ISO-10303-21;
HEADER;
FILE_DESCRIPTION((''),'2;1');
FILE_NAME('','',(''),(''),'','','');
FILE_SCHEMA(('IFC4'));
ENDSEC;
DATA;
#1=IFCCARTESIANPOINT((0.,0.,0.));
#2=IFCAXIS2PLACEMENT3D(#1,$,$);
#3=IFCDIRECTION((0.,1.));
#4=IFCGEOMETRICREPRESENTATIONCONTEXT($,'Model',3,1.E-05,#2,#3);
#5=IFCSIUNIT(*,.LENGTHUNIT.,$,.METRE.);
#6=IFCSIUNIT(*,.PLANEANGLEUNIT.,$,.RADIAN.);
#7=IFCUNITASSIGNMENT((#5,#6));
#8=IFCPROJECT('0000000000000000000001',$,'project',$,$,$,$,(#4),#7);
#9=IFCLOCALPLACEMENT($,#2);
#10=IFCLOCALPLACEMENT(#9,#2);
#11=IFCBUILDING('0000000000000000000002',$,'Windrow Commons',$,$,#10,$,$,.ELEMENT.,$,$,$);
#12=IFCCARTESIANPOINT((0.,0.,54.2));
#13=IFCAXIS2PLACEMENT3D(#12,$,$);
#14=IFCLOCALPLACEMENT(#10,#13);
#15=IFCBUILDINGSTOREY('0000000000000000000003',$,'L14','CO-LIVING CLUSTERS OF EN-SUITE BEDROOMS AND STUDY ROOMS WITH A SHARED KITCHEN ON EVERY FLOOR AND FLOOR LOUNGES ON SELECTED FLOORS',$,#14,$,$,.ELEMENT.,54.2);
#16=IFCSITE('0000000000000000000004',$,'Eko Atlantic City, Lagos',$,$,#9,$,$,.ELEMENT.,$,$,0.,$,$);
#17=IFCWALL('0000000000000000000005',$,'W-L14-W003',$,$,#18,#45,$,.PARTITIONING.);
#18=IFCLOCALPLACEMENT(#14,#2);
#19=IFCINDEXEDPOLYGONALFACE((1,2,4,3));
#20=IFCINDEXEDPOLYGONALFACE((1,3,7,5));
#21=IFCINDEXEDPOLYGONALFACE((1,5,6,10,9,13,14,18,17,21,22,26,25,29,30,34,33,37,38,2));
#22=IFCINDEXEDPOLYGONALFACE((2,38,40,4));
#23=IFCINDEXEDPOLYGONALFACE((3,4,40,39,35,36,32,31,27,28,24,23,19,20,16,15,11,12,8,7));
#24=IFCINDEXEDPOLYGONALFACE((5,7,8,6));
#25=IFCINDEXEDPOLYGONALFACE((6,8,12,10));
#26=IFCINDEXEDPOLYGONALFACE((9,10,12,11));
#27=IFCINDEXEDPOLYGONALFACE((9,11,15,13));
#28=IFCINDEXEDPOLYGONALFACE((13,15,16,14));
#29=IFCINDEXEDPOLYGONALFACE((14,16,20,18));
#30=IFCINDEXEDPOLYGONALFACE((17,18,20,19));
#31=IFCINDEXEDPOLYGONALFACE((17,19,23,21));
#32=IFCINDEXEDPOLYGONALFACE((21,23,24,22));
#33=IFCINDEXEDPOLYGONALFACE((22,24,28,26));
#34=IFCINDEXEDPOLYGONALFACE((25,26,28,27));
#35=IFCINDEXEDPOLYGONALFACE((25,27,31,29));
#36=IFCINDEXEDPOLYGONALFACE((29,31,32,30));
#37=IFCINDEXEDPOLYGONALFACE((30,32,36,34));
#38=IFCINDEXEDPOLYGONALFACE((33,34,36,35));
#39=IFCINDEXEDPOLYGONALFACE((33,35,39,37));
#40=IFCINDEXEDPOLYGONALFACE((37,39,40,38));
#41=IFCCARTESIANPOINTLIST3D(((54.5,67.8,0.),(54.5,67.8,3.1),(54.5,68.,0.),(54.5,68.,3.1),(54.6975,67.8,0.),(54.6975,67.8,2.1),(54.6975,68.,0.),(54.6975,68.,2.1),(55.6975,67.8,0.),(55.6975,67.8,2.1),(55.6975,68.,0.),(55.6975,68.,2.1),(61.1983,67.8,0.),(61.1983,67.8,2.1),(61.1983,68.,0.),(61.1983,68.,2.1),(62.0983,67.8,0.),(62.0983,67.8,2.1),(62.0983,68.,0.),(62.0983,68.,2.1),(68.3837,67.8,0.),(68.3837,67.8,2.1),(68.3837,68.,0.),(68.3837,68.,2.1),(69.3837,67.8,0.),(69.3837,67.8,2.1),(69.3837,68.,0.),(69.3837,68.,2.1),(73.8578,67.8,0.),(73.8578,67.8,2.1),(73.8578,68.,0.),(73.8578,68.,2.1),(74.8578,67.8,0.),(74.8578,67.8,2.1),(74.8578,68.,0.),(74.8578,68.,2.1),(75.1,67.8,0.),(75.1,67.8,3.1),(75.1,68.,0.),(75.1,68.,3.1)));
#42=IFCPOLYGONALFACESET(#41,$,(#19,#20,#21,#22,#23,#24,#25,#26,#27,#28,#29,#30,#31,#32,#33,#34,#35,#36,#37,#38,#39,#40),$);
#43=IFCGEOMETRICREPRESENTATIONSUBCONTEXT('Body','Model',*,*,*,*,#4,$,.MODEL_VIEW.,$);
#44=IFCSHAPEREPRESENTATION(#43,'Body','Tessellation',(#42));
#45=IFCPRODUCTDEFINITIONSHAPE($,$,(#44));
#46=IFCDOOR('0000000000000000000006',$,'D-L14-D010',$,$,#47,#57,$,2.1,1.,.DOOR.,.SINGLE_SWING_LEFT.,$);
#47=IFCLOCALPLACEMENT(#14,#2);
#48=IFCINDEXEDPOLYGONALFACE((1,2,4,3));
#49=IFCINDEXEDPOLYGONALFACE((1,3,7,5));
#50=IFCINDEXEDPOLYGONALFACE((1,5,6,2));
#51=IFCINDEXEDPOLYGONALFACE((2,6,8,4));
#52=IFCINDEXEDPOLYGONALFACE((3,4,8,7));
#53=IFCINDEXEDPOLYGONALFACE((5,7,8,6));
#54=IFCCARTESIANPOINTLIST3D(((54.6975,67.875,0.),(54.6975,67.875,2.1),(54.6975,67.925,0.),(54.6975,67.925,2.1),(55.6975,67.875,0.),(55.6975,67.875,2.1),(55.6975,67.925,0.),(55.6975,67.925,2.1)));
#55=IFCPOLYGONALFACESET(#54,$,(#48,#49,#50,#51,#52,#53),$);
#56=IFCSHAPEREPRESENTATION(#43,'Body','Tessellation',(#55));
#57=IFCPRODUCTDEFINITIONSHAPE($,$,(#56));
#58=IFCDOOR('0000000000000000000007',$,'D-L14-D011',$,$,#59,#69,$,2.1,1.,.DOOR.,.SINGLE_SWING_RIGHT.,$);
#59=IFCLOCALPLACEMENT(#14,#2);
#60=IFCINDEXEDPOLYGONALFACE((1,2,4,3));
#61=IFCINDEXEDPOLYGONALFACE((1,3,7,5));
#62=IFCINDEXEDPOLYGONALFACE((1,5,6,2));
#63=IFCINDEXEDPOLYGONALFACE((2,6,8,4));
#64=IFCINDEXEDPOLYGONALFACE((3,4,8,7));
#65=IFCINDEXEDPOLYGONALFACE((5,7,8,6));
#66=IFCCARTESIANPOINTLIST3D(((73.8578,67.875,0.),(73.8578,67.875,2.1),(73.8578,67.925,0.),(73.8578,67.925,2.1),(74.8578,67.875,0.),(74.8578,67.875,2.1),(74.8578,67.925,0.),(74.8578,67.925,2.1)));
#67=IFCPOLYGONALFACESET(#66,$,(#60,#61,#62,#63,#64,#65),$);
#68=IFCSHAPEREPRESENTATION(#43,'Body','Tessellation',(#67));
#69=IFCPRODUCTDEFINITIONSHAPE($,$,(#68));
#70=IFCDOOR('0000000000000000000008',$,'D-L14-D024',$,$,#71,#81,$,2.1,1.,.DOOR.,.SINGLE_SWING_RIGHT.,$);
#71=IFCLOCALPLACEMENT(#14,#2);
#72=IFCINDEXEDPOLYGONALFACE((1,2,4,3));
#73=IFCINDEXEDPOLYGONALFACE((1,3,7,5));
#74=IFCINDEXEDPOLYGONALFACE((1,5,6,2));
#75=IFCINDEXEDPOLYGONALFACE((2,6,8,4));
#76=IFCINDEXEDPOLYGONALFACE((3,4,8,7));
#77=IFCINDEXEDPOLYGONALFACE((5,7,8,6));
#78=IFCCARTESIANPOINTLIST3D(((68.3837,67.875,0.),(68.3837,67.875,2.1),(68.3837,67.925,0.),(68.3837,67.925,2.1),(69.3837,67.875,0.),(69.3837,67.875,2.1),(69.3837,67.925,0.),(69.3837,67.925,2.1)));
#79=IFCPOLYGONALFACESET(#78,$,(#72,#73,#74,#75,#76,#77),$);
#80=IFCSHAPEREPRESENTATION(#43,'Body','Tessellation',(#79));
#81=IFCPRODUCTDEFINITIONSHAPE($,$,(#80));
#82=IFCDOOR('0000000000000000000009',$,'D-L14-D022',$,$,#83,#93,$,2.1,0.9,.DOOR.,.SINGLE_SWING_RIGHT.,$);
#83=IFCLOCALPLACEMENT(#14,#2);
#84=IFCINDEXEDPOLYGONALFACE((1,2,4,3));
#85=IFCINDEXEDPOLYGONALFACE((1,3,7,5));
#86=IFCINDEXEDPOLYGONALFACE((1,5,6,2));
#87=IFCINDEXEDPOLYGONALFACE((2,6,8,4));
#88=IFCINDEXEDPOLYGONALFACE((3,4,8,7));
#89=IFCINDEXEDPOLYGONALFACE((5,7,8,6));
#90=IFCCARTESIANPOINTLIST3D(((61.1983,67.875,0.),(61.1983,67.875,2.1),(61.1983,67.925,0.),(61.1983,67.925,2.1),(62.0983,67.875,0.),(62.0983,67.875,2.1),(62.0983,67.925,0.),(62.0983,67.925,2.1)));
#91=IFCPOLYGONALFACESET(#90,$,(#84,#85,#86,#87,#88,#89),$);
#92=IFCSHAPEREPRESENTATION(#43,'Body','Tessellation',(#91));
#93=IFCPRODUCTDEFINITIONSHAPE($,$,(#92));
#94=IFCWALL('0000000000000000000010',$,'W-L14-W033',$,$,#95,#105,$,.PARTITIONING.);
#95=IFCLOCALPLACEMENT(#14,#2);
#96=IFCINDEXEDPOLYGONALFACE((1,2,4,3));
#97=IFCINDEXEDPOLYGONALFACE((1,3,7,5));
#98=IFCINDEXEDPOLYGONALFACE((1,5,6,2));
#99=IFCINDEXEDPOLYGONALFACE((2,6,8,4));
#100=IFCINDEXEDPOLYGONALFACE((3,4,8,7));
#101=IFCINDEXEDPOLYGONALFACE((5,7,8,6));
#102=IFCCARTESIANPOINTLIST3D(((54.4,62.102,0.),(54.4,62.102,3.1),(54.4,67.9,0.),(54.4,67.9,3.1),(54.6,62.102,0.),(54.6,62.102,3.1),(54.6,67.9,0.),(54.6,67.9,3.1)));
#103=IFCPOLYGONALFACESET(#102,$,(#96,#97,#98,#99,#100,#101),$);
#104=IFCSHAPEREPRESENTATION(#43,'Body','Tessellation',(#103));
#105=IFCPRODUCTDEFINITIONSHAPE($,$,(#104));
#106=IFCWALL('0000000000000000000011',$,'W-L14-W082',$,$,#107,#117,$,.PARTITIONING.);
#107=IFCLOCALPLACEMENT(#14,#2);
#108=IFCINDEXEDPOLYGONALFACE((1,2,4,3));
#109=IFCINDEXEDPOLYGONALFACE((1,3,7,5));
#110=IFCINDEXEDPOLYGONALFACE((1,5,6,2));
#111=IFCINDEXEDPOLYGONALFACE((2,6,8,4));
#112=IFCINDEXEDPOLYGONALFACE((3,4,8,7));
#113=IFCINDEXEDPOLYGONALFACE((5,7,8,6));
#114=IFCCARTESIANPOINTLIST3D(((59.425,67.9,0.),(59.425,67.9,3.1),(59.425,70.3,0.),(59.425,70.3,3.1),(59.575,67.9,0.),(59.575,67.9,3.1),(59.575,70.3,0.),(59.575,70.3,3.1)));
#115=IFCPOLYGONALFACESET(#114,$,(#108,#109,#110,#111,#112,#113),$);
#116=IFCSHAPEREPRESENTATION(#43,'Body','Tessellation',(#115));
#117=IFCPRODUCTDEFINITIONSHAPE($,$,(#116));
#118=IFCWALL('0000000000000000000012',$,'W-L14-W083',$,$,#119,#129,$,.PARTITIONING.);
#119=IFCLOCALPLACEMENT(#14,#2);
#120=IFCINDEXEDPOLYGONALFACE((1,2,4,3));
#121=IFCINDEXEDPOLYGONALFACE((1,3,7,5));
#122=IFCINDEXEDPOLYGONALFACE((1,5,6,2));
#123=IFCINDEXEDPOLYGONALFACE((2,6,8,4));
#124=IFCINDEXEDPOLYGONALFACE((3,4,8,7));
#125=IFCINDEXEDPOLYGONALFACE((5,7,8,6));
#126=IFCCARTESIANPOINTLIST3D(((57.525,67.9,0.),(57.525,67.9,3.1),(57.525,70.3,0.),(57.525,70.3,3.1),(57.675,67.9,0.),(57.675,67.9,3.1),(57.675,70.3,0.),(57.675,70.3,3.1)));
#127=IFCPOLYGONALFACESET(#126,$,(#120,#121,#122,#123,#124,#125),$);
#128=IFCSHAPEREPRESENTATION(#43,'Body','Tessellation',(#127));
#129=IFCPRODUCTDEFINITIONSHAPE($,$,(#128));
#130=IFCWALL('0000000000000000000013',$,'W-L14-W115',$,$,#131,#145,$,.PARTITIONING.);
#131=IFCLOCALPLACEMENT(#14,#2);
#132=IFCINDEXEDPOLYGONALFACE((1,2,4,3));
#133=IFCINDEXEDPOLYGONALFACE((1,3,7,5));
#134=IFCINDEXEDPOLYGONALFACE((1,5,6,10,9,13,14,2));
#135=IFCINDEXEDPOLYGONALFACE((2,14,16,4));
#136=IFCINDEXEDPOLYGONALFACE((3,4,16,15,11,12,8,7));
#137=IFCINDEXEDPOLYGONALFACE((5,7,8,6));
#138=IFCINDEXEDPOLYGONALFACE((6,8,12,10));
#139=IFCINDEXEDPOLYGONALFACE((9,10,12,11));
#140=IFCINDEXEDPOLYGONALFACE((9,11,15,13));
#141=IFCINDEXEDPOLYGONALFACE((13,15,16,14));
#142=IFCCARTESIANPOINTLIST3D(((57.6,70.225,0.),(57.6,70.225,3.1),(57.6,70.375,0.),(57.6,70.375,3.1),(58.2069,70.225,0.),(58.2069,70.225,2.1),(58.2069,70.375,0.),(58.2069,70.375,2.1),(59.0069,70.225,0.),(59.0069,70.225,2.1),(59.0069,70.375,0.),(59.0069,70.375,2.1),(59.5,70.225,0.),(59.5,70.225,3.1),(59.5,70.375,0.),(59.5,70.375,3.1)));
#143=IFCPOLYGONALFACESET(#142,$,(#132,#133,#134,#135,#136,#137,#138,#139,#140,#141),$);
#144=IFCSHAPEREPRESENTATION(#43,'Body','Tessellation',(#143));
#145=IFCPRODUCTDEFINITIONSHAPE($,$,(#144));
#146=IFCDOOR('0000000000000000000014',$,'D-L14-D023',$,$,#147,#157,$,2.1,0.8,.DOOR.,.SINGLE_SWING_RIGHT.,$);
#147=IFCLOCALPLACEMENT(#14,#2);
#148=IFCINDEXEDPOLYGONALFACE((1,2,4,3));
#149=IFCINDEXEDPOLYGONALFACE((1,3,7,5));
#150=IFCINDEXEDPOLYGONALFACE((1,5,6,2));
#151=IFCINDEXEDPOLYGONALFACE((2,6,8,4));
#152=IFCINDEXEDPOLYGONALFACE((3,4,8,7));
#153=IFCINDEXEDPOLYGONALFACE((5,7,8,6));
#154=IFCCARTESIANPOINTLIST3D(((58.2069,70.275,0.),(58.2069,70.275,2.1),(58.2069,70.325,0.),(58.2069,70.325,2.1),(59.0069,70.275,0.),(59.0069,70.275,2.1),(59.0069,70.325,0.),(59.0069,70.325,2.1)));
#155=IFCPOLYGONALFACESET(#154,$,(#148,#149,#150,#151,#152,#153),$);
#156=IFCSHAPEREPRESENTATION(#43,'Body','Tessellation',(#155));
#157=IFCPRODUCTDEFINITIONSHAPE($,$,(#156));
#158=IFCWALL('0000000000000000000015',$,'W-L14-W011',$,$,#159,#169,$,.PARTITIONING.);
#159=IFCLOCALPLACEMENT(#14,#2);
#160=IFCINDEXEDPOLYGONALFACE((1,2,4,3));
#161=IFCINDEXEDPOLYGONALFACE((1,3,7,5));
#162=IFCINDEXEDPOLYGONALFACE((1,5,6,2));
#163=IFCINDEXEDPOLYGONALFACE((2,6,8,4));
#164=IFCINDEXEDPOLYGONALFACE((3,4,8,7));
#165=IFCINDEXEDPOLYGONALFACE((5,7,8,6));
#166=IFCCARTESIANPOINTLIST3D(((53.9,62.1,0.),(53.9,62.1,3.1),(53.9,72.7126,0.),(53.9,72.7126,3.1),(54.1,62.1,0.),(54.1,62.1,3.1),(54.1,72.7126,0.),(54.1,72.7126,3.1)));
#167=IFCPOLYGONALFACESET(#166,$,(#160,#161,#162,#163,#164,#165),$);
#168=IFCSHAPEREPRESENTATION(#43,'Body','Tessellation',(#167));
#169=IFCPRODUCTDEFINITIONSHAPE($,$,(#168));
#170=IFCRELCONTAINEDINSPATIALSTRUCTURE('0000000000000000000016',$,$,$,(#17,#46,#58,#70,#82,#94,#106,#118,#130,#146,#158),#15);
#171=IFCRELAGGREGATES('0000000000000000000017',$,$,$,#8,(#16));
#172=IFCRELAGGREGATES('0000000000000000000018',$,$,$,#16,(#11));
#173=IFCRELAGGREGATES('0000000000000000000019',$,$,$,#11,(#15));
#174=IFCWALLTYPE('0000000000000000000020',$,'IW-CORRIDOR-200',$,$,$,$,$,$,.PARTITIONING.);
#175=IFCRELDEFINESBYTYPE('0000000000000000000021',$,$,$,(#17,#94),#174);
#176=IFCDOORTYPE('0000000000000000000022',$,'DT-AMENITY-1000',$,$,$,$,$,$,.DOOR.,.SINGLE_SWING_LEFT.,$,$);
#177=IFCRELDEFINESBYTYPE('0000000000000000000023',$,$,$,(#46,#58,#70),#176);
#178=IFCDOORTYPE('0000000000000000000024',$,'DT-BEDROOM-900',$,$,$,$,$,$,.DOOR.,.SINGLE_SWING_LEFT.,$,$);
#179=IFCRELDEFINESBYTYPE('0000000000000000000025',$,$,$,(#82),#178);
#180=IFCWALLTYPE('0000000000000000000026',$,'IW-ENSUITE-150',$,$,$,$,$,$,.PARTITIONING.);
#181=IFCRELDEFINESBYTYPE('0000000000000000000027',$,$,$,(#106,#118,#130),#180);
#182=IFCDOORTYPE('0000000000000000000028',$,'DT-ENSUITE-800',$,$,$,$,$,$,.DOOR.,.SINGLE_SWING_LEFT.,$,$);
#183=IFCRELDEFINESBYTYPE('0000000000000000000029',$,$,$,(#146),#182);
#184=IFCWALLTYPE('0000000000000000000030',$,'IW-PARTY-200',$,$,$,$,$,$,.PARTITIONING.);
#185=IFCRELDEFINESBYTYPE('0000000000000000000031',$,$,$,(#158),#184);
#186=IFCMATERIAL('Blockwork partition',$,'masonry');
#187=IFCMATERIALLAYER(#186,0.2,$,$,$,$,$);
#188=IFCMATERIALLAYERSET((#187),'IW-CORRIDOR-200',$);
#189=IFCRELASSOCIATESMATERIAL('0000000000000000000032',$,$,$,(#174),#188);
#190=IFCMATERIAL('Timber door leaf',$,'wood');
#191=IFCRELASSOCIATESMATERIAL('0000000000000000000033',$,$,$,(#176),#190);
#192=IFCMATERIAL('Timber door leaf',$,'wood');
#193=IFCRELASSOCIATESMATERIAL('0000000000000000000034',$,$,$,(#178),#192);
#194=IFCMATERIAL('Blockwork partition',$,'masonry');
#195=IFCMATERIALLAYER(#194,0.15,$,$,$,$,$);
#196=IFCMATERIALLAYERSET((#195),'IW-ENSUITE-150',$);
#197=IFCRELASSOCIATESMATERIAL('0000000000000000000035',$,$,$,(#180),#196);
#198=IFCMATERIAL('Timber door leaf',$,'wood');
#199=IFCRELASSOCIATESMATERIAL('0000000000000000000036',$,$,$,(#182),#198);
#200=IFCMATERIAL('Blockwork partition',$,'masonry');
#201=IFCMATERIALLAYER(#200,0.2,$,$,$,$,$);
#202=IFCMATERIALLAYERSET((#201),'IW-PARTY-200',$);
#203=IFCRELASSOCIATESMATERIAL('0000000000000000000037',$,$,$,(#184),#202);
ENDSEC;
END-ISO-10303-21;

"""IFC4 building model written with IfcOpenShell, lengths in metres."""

from ifc_helpers import new_model, si_unit, direction, frame, frame_2d, origin, place, context, subcontext, project, spatial, rectangle, extrude, material, layer, layer_set, type_object, element, fill, save


model = new_model("IFC4")

# Units and contexts
model_context = context("Model", 3, precision=1e-05, world=origin(), true_north=direction((0.0, 1.0)))
body_context = subcontext(model_context, "Body", "Model", "MODEL_VIEW")
ifc_project = project(units=[si_unit("LENGTHUNIT", "METRE"), si_unit("PLANEANGLEUNIT", "RADIAN")], contexts=[model_context])

# Site, building, storey
site_placement = place(None, origin())
site = spatial("IfcSite", under=ifc_project, at=site_placement, Name="Eko Atlantic City, Lagos", CompositionType="ELEMENT", RefElevation=0.0)
building_placement = place(site_placement, origin())
building = spatial("IfcBuilding", under=site, at=building_placement, Name="Windrow Commons", CompositionType="ELEMENT")
storey_placement = place(building_placement, frame((0.0, 0.0, 54.2)))
storey = spatial("IfcBuildingStorey", under=building, at=storey_placement, Name="L14", Description="CO-LIVING CLUSTERS OF EN-SUITE BEDROOMS AND STUDY ROOMS WITH A SHARED KITCHEN ON EVERY FLOOR AND FLOOR LOUNGES ON SELECTED FLOORS", CompositionType="ELEMENT", Elevation=54.2)

# Wall, openings, doors
ifc_material_1 = material(Name="Blockwork partition", Category="masonry")
ifc_layer_1 = layer(ifc_material_1, 0.2)
ifc_layer_set_1 = layer_set([ifc_layer_1], Name="IW-CORRIDOR-200")
wall_type_1 = type_object("IfcWallType", Name="IW-CORRIDOR-200", PredefinedType="PARTITIONING", material=ifc_layer_set_1)
wall_1_placement = place(storey_placement, frame((54.5, 67.9, 0.0), z_axis=(0.0, 0.0, 1.0), x_axis=(1.0, 0.0, 0.0)))
wall_1 = element("IfcWall", 1, at=wall_1_placement, inside=storey, type_object=wall_type_1, Name="W-L14-W003", PredefinedType="PARTITIONING", context=body_context, shape_type="SweptSolid", body=[
    extrude(rectangle(XDim=20.6, YDim=0.2, at=frame_2d((10.3, 0.0))), origin(), (0.0, 0.0, 1.0), 3.1),
])
opening_1_placement = place(wall_1_placement, frame((0.1975, 0.0, 0.0)))
opening_1 = element("IfcOpeningElement", 2, at=opening_1_placement, cuts=wall_1, PredefinedType="OPENING", context=body_context, shape_type="SweptSolid", body=[
    extrude(rectangle(XDim=1.0, YDim=2.1, at=frame_2d((0.5, 1.05))), frame((0.0, 0.11, 0.0), z_axis=(0.0, -1.0, 0.0), x_axis=(1.0, 0.0, 0.0)), (0.0, 0.0, 1.0), 0.22),
])
opening_2_placement = place(wall_1_placement, frame((19.3578, 0.0, 0.0)))
opening_2 = element("IfcOpeningElement", 3, at=opening_2_placement, cuts=wall_1, PredefinedType="OPENING", context=body_context, shape_type="SweptSolid", body=[
    extrude(rectangle(XDim=1.0, YDim=2.1, at=frame_2d((0.5, 1.05))), frame((0.0, 0.11, 0.0), z_axis=(0.0, -1.0, 0.0), x_axis=(1.0, 0.0, 0.0)), (0.0, 0.0, 1.0), 0.22),
])
opening_3_placement = place(wall_1_placement, frame((6.6983, 0.0, 0.0)))
opening_3 = element("IfcOpeningElement", 4, at=opening_3_placement, cuts=wall_1, PredefinedType="OPENING", context=body_context, shape_type="SweptSolid", body=[
    extrude(rectangle(XDim=0.9, YDim=2.1, at=frame_2d((0.45, 1.05))), frame((0.0, 0.11, 0.0), z_axis=(0.0, -1.0, 0.0), x_axis=(1.0, 0.0, 0.0)), (0.0, 0.0, 1.0), 0.22),
])
opening_4_placement = place(wall_1_placement, frame((13.8837, 0.0, 0.0)))
opening_4 = element("IfcOpeningElement", 5, at=opening_4_placement, cuts=wall_1, PredefinedType="OPENING", context=body_context, shape_type="SweptSolid", body=[
    extrude(rectangle(XDim=1.0, YDim=2.1, at=frame_2d((0.5, 1.05))), frame((0.0, 0.11, 0.0), z_axis=(0.0, -1.0, 0.0), x_axis=(1.0, 0.0, 0.0)), (0.0, 0.0, 1.0), 0.22),
])
ifc_material_2 = material(Name="Timber door leaf", Category="wood")
door_type_1 = type_object("IfcDoorType", Name="DT-AMENITY-1000", OperationType="SINGLE_SWING_LEFT", PredefinedType="DOOR", material=ifc_material_2)
door_1_placement = place(opening_1_placement, origin())
door_1 = element("IfcDoor", 6, at=door_1_placement, inside=storey, type_object=door_type_1, Name="D-L14-D010", OperationType="SINGLE_SWING_LEFT", OverallHeight=2.1, OverallWidth=1.0, PredefinedType="DOOR", context=body_context, shape_type="SweptSolid", body=[
    extrude(rectangle(XDim=1.0, YDim=2.1, at=frame_2d((0.5, 1.05))), frame((0.0, 0.025, 0.0), z_axis=(0.0, -1.0, 0.0), x_axis=(1.0, 0.0, 0.0)), (0.0, 0.0, 1.0), 0.05),
])
fill(opening_1, door_1)
door_2_placement = place(opening_2_placement, origin())
door_2 = element("IfcDoor", 7, at=door_2_placement, inside=storey, type_object=door_type_1, Name="D-L14-D011", OperationType="SINGLE_SWING_RIGHT", OverallHeight=2.1, OverallWidth=1.0, PredefinedType="DOOR", context=body_context, shape_type="SweptSolid", body=[
    extrude(rectangle(XDim=1.0, YDim=2.1, at=frame_2d((0.5, 1.05))), frame((0.0, 0.025, 0.0), z_axis=(0.0, -1.0, 0.0), x_axis=(1.0, 0.0, 0.0)), (0.0, 0.0, 1.0), 0.05),
])
fill(opening_2, door_2)
door_3_placement = place(opening_4_placement, origin())
door_3 = element("IfcDoor", 8, at=door_3_placement, inside=storey, type_object=door_type_1, Name="D-L14-D024", OperationType="SINGLE_SWING_RIGHT", OverallHeight=2.1, OverallWidth=1.0, PredefinedType="DOOR", context=body_context, shape_type="SweptSolid", body=[
    extrude(rectangle(XDim=1.0, YDim=2.1, at=frame_2d((0.5, 1.05))), frame((0.0, 0.025, 0.0), z_axis=(0.0, -1.0, 0.0), x_axis=(1.0, 0.0, 0.0)), (0.0, 0.0, 1.0), 0.05),
])
fill(opening_4, door_3)
ifc_material_3 = material(Name="Timber door leaf", Category="wood")
door_type_2 = type_object("IfcDoorType", Name="DT-BEDROOM-900", OperationType="SINGLE_SWING_LEFT", PredefinedType="DOOR", material=ifc_material_3)
door_4_placement = place(opening_3_placement, origin())
door_4 = element("IfcDoor", 9, at=door_4_placement, inside=storey, type_object=door_type_2, Name="D-L14-D022", OperationType="SINGLE_SWING_RIGHT", OverallHeight=2.1, OverallWidth=0.9, PredefinedType="DOOR", context=body_context, shape_type="SweptSolid", body=[
    extrude(rectangle(XDim=0.9, YDim=2.1, at=frame_2d((0.45, 1.05))), frame((0.0, 0.025, 0.0), z_axis=(0.0, -1.0, 0.0), x_axis=(1.0, 0.0, 0.0)), (0.0, 0.0, 1.0), 0.05),
])
fill(opening_3, door_4)

# Walls
wall_2_placement = place(storey_placement, frame((54.5, 62.102, 0.0), z_axis=(0.0, 0.0, 1.0), x_axis=(0.0, 1.0, 0.0)))
element("IfcWall", 10, at=wall_2_placement, inside=storey, type_object=wall_type_1, Name="W-L14-W033", PredefinedType="PARTITIONING", context=body_context, shape_type="SweptSolid", body=[
    extrude(rectangle(XDim=5.798, YDim=0.2, at=frame_2d((2.899, 0.0))), origin(), (0.0, 0.0, 1.0), 3.1),
])
ifc_material_4 = material(Name="Blockwork partition", Category="masonry")
ifc_layer_2 = layer(ifc_material_4, 0.15)
ifc_layer_set_2 = layer_set([ifc_layer_2], Name="IW-ENSUITE-150")
wall_type_2 = type_object("IfcWallType", Name="IW-ENSUITE-150", PredefinedType="PARTITIONING", material=ifc_layer_set_2)
for number, where, z_axis, x_axis, name in (
    (11, (59.5, 67.9, 0.0), (0.0, 0.0, 1.0), (0.0, 1.0, 0.0), "W-L14-W082"),
    (12, (57.6, 67.9, 0.0), (0.0, 0.0, 1.0), (0.0, 1.0, 0.0), "W-L14-W083"),
):
    element("IfcWall", number, at=place(storey_placement, frame(where, z_axis=z_axis, x_axis=x_axis)), inside=storey, type_object=wall_type_2, Name=name, PredefinedType="PARTITIONING", context=body_context, shape_type="SweptSolid", body=[
        extrude(rectangle(XDim=2.4, YDim=0.15, at=frame_2d((1.2, 0.0))), origin(), (0.0, 0.0, 1.0), 3.1),
    ])

# Wall, opening, door
wall_3_placement = place(storey_placement, frame((57.6, 70.3, 0.0), z_axis=(0.0, 0.0, 1.0), x_axis=(1.0, 0.0, 0.0)))
wall_3 = element("IfcWall", 13, at=wall_3_placement, inside=storey, type_object=wall_type_2, Name="W-L14-W115", PredefinedType="PARTITIONING", context=body_context, shape_type="SweptSolid", body=[
    extrude(rectangle(XDim=1.9, YDim=0.15, at=frame_2d((0.95, 0.0))), origin(), (0.0, 0.0, 1.0), 3.1),
])
opening_5_placement = place(wall_3_placement, frame((0.6069, 0.0, 0.0)))
opening_5 = element("IfcOpeningElement", 14, at=opening_5_placement, cuts=wall_3, PredefinedType="OPENING", context=body_context, shape_type="SweptSolid", body=[
    extrude(rectangle(XDim=0.8, YDim=2.1, at=frame_2d((0.4, 1.05))), frame((0.0, 0.085, 0.0), z_axis=(0.0, -1.0, 0.0), x_axis=(1.0, 0.0, 0.0)), (0.0, 0.0, 1.0), 0.17),
])
ifc_material_5 = material(Name="Timber door leaf", Category="wood")
door_type_3 = type_object("IfcDoorType", Name="DT-ENSUITE-800", OperationType="SINGLE_SWING_LEFT", PredefinedType="DOOR", material=ifc_material_5)
door_5_placement = place(opening_5_placement, origin())
door_5 = element("IfcDoor", 15, at=door_5_placement, inside=storey, type_object=door_type_3, Name="D-L14-D023", OperationType="SINGLE_SWING_RIGHT", OverallHeight=2.1, OverallWidth=0.8, PredefinedType="DOOR", context=body_context, shape_type="SweptSolid", body=[
    extrude(rectangle(XDim=0.8, YDim=2.1, at=frame_2d((0.4, 1.05))), frame((0.0, 0.025, 0.0), z_axis=(0.0, -1.0, 0.0), x_axis=(1.0, 0.0, 0.0)), (0.0, 0.0, 1.0), 0.05),
])
fill(opening_5, door_5)

# Wall
ifc_material_6 = material(Name="Blockwork partition", Category="masonry")
ifc_layer_3 = layer(ifc_material_6, 0.2)
ifc_layer_set_3 = layer_set([ifc_layer_3], Name="IW-PARTY-200")
wall_type_3 = type_object("IfcWallType", Name="IW-PARTY-200", PredefinedType="PARTITIONING", material=ifc_layer_set_3)
wall_4_placement = place(storey_placement, frame((54.0, 62.1, 0.0), z_axis=(0.0, 0.0, 1.0), x_axis=(0.0, 1.0, 0.0)))
element("IfcWall", 16, at=wall_4_placement, inside=storey, type_object=wall_type_3, Name="W-L14-W011", PredefinedType="PARTITIONING", context=body_context, shape_type="SweptSolid", body=[
    extrude(rectangle(XDim=10.6126, YDim=0.2, at=frame_2d((5.3063, 0.0))), origin(), (0.0, 0.0, 1.0), 3.1),
])

save(model, "model.ifc")
